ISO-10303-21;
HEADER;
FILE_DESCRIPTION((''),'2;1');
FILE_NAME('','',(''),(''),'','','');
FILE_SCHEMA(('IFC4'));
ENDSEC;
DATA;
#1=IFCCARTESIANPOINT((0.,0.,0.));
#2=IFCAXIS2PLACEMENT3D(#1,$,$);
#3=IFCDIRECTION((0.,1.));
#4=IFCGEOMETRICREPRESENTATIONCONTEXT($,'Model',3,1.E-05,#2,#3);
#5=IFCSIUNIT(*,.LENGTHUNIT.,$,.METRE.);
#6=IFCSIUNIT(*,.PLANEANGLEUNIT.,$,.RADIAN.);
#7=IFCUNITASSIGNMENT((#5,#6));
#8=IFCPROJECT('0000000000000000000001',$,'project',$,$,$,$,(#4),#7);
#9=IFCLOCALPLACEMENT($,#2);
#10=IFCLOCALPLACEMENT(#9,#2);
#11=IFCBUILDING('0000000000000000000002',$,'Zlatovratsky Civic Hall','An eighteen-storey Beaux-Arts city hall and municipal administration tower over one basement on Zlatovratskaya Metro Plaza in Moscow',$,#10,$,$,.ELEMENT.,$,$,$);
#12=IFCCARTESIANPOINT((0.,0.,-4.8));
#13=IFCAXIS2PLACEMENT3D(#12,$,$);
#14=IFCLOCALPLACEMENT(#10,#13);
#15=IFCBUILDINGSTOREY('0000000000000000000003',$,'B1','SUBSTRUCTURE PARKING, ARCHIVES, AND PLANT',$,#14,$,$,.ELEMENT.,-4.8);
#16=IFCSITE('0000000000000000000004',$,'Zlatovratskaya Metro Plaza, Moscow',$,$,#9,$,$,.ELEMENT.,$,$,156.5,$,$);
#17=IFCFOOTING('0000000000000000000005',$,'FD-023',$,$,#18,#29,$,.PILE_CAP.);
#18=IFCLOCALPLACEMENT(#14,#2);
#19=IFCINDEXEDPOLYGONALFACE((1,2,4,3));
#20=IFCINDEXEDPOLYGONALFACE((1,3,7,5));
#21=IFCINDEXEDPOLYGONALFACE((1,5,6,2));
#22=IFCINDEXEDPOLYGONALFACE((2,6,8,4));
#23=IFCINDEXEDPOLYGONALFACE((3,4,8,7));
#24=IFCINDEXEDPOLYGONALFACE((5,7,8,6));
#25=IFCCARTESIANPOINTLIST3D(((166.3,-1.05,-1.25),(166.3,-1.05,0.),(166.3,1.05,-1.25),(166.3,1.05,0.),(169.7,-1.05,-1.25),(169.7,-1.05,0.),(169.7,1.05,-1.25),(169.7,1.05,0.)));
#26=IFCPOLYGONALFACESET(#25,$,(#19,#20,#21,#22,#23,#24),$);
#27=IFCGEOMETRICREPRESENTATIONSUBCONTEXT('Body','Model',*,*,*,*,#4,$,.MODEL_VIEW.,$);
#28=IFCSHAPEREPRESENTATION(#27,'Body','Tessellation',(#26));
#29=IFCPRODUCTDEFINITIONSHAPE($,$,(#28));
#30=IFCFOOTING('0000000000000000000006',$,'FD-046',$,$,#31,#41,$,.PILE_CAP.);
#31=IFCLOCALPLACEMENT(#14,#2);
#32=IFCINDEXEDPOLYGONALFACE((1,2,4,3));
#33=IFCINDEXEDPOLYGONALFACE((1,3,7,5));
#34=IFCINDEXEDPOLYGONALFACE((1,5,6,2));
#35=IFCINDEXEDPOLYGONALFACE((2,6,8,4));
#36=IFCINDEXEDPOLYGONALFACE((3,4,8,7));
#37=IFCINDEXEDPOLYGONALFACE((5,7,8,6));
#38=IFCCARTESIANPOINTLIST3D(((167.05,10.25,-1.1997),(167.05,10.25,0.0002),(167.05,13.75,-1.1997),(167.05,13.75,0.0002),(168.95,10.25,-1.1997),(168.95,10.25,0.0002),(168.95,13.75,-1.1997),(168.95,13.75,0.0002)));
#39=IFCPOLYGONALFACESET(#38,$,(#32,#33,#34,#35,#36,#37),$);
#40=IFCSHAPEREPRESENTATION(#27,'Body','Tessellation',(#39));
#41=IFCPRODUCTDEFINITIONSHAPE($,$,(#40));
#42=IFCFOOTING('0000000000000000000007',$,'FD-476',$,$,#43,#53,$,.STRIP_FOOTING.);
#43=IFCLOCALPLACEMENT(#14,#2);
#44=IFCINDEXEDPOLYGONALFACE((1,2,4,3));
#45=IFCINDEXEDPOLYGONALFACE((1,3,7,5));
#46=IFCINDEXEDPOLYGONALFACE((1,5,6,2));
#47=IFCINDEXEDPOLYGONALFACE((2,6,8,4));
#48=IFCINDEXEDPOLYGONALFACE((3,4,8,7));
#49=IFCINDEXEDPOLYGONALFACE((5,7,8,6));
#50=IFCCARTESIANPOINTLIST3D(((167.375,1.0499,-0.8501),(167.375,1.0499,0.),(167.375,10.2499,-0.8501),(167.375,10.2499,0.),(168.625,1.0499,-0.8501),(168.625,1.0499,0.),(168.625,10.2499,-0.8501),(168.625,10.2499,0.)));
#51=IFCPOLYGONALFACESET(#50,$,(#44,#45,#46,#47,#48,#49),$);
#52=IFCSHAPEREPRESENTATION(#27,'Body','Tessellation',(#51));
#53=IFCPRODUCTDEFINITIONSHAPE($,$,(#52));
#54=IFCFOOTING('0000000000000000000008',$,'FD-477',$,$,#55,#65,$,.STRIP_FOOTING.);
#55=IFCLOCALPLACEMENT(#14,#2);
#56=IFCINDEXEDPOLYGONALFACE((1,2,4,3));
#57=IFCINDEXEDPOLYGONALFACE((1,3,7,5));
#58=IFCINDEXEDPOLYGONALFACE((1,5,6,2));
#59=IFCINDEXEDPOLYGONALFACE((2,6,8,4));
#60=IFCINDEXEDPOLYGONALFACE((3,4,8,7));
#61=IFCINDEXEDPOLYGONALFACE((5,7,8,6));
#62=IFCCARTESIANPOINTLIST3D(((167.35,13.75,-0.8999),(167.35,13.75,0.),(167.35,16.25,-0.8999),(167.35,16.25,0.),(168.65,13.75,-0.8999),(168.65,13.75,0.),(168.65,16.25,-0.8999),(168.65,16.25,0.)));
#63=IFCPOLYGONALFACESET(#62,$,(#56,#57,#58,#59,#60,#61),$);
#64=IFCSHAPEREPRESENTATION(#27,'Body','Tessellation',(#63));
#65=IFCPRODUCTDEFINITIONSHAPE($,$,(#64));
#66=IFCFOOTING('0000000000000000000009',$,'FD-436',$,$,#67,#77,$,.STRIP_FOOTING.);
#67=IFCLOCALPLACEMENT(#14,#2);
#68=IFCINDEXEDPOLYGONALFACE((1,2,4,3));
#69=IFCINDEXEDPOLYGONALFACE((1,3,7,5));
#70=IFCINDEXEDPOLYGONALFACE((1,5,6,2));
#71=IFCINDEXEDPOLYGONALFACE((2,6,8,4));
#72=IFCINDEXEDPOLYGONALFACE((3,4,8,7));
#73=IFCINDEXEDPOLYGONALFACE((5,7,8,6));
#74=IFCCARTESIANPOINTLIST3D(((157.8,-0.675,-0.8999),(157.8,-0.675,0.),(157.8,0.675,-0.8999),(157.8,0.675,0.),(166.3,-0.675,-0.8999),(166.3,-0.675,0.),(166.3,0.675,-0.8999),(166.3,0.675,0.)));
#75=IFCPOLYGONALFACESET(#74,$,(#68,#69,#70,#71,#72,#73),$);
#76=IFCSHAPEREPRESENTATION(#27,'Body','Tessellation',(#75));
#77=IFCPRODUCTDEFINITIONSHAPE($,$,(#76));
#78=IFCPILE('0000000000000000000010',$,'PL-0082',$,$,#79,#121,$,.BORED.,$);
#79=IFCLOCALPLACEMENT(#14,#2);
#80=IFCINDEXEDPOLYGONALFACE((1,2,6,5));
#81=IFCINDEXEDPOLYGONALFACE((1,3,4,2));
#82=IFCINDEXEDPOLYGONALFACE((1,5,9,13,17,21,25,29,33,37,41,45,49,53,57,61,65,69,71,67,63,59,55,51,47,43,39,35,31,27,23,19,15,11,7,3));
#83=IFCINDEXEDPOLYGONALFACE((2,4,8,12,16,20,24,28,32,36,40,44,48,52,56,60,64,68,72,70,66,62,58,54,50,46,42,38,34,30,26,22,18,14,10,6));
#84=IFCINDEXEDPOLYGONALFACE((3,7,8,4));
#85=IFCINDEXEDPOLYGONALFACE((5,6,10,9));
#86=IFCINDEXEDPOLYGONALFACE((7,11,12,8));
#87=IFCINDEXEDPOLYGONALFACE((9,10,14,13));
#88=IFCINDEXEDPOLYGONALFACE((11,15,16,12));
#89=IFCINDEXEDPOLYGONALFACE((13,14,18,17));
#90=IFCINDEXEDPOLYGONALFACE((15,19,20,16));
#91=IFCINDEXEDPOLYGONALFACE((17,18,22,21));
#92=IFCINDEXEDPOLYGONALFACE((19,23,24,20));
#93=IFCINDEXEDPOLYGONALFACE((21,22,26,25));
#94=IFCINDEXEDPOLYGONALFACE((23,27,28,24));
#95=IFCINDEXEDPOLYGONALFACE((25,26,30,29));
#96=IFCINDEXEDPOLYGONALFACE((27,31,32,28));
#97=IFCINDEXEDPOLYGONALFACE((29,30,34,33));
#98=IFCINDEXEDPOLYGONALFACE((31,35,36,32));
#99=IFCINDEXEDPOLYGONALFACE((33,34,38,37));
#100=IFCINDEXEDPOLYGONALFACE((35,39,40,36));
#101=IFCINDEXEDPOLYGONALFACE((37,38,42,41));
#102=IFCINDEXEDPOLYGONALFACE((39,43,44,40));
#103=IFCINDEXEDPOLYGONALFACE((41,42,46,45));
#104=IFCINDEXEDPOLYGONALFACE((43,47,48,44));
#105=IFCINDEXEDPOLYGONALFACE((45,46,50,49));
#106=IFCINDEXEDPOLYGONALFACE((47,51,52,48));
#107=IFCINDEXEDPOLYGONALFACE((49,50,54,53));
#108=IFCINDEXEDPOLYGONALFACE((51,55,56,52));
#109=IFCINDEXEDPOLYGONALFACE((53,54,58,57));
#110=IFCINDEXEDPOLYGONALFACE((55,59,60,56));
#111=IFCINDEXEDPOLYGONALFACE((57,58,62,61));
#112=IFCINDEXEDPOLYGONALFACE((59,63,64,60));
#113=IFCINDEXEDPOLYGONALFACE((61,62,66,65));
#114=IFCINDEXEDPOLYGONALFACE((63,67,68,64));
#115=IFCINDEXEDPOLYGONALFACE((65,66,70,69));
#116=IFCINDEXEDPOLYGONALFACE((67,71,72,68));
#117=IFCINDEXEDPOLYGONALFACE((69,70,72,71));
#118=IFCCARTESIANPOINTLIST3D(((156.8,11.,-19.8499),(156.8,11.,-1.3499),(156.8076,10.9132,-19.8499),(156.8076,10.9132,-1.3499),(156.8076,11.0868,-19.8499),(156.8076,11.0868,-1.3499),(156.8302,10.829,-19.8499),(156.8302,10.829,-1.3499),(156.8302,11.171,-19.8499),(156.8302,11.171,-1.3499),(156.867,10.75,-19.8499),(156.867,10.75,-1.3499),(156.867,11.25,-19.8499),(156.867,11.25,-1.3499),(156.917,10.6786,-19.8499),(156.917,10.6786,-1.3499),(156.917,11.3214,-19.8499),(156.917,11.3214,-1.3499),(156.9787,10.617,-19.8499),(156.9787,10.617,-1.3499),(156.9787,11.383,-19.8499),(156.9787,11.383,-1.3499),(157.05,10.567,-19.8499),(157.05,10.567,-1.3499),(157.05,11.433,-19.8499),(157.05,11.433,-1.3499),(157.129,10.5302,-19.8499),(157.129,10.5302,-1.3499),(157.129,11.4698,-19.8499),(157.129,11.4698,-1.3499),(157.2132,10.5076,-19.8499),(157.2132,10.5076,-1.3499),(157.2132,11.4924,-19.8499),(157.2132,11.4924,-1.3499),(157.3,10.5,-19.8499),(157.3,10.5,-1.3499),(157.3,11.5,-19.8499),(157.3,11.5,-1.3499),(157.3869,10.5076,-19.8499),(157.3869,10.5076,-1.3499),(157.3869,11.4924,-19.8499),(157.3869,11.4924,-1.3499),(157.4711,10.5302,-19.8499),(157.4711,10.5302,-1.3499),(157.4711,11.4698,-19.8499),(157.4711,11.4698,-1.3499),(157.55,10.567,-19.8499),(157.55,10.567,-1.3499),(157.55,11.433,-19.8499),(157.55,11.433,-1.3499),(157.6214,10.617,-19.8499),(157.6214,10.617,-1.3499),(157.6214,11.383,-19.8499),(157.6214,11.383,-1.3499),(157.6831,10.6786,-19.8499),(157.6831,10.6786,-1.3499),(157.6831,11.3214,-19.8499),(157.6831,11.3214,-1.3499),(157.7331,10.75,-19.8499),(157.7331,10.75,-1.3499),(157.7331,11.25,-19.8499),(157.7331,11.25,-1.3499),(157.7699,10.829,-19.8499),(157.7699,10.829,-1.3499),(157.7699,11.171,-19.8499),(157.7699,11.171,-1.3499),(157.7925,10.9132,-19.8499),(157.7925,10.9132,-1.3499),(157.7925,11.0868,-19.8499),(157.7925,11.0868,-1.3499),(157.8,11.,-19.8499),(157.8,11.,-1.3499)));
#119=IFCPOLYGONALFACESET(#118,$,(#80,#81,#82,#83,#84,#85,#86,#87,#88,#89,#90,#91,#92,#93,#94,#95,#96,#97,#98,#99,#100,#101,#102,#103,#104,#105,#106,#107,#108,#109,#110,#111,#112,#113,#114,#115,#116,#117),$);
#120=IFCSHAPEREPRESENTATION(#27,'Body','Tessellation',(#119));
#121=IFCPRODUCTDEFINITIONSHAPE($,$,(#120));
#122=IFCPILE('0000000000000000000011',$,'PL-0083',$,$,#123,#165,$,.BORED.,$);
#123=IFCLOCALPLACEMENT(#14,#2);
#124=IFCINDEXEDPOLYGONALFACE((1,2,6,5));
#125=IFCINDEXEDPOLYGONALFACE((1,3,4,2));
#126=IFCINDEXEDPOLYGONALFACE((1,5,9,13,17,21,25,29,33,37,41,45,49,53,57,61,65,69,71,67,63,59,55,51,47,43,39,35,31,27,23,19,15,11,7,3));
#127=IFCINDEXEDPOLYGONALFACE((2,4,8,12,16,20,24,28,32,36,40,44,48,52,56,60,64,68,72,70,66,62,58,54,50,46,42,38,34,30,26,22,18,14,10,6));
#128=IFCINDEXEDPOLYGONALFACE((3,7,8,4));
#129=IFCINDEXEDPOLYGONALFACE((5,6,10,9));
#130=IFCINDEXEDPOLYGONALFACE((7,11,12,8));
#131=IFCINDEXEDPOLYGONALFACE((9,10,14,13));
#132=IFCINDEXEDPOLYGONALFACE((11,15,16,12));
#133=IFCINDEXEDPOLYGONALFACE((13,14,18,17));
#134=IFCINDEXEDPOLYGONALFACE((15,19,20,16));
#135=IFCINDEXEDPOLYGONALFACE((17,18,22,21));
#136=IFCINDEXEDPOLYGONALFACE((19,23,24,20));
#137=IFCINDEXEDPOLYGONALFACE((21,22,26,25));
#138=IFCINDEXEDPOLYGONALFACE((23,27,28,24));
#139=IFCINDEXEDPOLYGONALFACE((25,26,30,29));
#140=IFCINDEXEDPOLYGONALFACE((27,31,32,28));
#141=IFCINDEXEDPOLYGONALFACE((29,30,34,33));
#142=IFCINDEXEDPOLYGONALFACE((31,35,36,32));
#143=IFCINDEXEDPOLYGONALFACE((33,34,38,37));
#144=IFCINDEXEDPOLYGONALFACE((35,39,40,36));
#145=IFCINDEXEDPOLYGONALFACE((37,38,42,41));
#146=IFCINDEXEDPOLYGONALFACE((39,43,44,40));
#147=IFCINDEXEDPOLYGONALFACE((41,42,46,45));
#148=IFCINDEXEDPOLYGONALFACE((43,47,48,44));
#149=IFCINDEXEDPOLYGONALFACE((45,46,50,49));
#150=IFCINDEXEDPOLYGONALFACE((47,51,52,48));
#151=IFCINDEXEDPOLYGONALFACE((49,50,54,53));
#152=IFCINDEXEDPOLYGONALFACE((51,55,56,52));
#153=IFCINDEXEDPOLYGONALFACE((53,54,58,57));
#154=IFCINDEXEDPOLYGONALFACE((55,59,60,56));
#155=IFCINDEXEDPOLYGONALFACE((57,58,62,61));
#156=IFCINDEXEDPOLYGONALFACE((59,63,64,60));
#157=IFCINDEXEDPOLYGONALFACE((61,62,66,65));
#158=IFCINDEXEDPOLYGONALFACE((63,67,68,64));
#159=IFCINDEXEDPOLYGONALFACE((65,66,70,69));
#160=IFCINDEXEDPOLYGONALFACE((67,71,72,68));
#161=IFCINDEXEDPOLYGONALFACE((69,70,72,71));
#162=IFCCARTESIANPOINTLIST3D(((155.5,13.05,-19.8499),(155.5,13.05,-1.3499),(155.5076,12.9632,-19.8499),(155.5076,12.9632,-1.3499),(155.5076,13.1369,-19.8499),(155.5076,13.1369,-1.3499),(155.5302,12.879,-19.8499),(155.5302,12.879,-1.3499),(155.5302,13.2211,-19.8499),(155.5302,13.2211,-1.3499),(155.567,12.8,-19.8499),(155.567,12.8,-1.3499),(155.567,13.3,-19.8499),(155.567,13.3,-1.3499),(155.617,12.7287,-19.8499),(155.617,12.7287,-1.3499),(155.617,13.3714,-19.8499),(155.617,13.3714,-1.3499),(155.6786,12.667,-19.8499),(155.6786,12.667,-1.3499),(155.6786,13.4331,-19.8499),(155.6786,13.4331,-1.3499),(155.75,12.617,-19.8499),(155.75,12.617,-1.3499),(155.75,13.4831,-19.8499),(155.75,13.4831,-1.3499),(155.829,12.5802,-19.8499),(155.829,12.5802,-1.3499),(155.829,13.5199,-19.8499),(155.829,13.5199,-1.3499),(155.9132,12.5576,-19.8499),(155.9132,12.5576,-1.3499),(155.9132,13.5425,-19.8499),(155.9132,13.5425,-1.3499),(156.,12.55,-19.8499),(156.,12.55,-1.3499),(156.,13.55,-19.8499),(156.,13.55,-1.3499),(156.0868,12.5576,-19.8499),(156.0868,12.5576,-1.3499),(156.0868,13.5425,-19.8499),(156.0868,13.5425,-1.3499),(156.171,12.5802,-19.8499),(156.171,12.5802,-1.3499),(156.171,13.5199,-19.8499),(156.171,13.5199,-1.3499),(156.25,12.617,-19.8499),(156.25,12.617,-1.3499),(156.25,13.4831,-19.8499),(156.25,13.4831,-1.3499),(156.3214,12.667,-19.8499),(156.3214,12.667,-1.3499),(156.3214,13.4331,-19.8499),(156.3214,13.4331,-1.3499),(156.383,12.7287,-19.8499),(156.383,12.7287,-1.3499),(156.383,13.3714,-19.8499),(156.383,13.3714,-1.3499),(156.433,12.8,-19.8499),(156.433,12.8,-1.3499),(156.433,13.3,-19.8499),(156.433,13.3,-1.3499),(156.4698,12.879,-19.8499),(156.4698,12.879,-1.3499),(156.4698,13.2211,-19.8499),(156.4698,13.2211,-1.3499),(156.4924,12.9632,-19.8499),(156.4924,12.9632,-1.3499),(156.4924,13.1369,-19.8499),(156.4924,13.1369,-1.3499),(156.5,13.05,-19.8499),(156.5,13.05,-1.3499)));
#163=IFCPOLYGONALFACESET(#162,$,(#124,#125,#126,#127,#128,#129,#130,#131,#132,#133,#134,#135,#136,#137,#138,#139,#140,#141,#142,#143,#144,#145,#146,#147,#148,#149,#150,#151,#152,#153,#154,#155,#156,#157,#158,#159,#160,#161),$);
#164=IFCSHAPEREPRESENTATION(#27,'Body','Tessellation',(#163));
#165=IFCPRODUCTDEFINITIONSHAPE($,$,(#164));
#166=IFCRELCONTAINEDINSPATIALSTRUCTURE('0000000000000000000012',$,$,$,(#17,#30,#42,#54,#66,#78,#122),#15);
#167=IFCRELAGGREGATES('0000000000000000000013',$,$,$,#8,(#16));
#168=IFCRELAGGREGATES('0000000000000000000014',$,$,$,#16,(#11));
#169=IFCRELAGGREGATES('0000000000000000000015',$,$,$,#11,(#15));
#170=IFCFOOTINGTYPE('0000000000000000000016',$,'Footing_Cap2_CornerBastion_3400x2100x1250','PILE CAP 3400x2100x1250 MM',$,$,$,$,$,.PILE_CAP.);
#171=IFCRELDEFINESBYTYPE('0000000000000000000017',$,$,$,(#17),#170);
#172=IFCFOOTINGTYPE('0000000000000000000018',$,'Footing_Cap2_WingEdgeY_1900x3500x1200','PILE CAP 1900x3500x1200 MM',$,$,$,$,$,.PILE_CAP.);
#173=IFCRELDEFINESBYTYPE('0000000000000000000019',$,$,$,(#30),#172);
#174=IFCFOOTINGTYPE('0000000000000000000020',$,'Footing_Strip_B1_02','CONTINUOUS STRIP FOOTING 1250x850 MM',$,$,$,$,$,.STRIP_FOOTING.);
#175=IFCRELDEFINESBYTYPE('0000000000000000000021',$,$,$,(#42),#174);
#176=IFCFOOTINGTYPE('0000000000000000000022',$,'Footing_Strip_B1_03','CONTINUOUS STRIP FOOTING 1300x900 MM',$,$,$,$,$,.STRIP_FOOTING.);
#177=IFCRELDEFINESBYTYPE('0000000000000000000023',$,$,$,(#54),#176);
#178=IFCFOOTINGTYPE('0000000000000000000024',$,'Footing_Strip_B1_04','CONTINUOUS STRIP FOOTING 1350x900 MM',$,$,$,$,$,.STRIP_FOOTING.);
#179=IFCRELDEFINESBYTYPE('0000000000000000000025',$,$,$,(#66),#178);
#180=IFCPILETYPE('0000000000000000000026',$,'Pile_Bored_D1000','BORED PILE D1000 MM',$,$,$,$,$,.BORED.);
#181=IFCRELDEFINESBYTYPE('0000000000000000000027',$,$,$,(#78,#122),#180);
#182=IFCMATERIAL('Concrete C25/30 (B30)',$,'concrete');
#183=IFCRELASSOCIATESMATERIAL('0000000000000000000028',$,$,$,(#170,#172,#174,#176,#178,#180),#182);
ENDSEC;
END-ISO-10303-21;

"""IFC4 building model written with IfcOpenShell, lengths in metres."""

from ifc_helpers import new_model, si_unit, direction, frame, origin, origin_2d, place, context, subcontext, project, spatial, rectangle, circle, extrude, material, material_profile, profile_set, type_object, element, save


model = new_model("IFC4")

# Units and contexts
model_context = context("Model", 3, precision=1e-05, world=origin(), true_north=direction((0.0, 1.0)))
body_context = subcontext(model_context, "Body", "Model", "MODEL_VIEW")
ifc_project = project(units=[si_unit("LENGTHUNIT", "METRE"), si_unit("PLANEANGLEUNIT", "RADIAN")], contexts=[model_context])

# Site, building, storey
site_placement = place(None, origin())
site = spatial("IfcSite", under=ifc_project, at=site_placement, Name="Zlatovratskaya Metro Plaza, Moscow", CompositionType="ELEMENT", RefElevation=156.5)
building_placement = place(site_placement, origin())
building = spatial("IfcBuilding", under=site, at=building_placement, Name="Zlatovratsky Civic Hall", Description="An eighteen-storey Beaux-Arts city hall and municipal administration tower over one basement on Zlatovratskaya Metro Plaza in Moscow", CompositionType="ELEMENT")
storey_placement = place(building_placement, frame((0.0, 0.0, -4.8)))
storey = spatial("IfcBuildingStorey", under=building, at=storey_placement, Name="B1", Description="SUBSTRUCTURE PARKING, ARCHIVES, AND PLANT", CompositionType="ELEMENT", Elevation=-4.8)

# Footings
ifc_material_1 = material(Name="Concrete C25/30 (B30)", Category="concrete")
footing_type_1 = type_object("IfcFootingType", Name="Footing_Cap2_CornerBastion_3400x2100x1250", Description="PILE CAP 3400x2100x1250 MM", PredefinedType="PILE_CAP", material=ifc_material_1)
footing_1_placement = place(storey_placement, frame((168.0, 0.0, -1.25), z_axis=(0.0, 0.0, 1.0), x_axis=(1.0, 0.0, 0.0)))
element("IfcFooting", 1, at=footing_1_placement, inside=storey, type_object=footing_type_1, Name="FD-023", PredefinedType="PILE_CAP", context=body_context, shape_type="SweptSolid", body=[
    extrude(rectangle(XDim=3.3999, YDim=2.1001, at=origin_2d()), origin(), (0.0, 0.0, 1.0), 1.25),
])
footing_type_2 = type_object("IfcFootingType", Name="Footing_Cap2_WingEdgeY_1900x3500x1200", Description="PILE CAP 1900x3500x1200 MM", PredefinedType="PILE_CAP", material=ifc_material_1)
footing_2_placement = place(storey_placement, frame((168.0, 12.0, -1.1997), z_axis=(0.0, 0.0, 1.0), x_axis=(1.0, 0.0, 0.0)))
element("IfcFooting", 2, at=footing_2_placement, inside=storey, type_object=footing_type_2, Name="FD-046", PredefinedType="PILE_CAP", context=body_context, shape_type="SweptSolid", body=[
    extrude(rectangle(XDim=1.8999, YDim=3.5, at=origin_2d()), origin(), (0.0, 0.0, 1.0), 1.2),
])
footing_type_3 = type_object("IfcFootingType", Name="Footing_Strip_B1_02", Description="CONTINUOUS STRIP FOOTING 1250x850 MM", PredefinedType="STRIP_FOOTING", material=ifc_material_1)
footing_3_placement = place(storey_placement, frame((168.0, 5.6499, -0.8501), z_axis=(0.0, 0.0, 1.0), x_axis=(1.0, 0.0, 0.0)))
element("IfcFooting", 3, at=footing_3_placement, inside=storey, type_object=footing_type_3, Name="FD-476", PredefinedType="STRIP_FOOTING", context=body_context, shape_type="SweptSolid", body=[
    extrude(rectangle(XDim=1.25, YDim=9.2, at=origin_2d()), origin(), (0.0, 0.0, 1.0), 0.8501),
])
footing_type_4 = type_object("IfcFootingType", Name="Footing_Strip_B1_03", Description="CONTINUOUS STRIP FOOTING 1300x900 MM", PredefinedType="STRIP_FOOTING", material=ifc_material_1)
footing_4_placement = place(storey_placement, frame((168.0, 15.0, -0.8999), z_axis=(0.0, 0.0, 1.0), x_axis=(1.0, 0.0, 0.0)))
element("IfcFooting", 4, at=footing_4_placement, inside=storey, type_object=footing_type_4, Name="FD-477", PredefinedType="STRIP_FOOTING", context=body_context, shape_type="SweptSolid", body=[
    extrude(rectangle(XDim=1.3, YDim=2.5, at=origin_2d()), origin(), (0.0, 0.0, 1.0), 0.8999),
])
footing_type_5 = type_object("IfcFootingType", Name="Footing_Strip_B1_04", Description="CONTINUOUS STRIP FOOTING 1350x900 MM", PredefinedType="STRIP_FOOTING", material=ifc_material_1)
footing_5_placement = place(storey_placement, frame((162.05, 0.0, -0.8999), z_axis=(0.0, 0.0, 1.0), x_axis=(1.0, 0.0, 0.0)))
element("IfcFooting", 5, at=footing_5_placement, inside=storey, type_object=footing_type_5, Name="FD-436", PredefinedType="STRIP_FOOTING", context=body_context, shape_type="SweptSolid", body=[
    extrude(rectangle(XDim=8.5, YDim=1.3501, at=origin_2d()), origin(), (0.0, 0.0, 1.0), 0.8999),
])

# Piles
ifc_material_profile_1 = material_profile(ifc_material_1, circle(Radius=0.5, at=origin_2d()), Name="PILE D1000")
ifc_profile_set_1 = profile_set([ifc_material_profile_1], Name="Concrete C25/30 (B30)")
pile_type_1 = type_object("IfcPileType", Name="Pile_Bored_D1000", Description="BORED PILE D1000 MM", PredefinedType="BORED", material=ifc_profile_set_1)
for number, where, z_axis, x_axis, name in (
    (6, (157.3, 11.0, -1.3499), (0.0, 0.0, -1.0), (1.0, 0.0, 0.0), "PL-0082"),
    (7, (156.0, 13.05, -1.3499), (0.0, 0.0, -1.0), (1.0, 0.0, 0.0), "PL-0083"),
):
    element("IfcPile", number, at=place(storey_placement, frame(where, z_axis=z_axis, x_axis=x_axis)), inside=storey, type_object=pile_type_1, Name=name, PredefinedType="BORED", context=body_context, shape_type="SweptSolid", body=[
        extrude(circle(Radius=0.5, at=origin_2d()), origin(), (0.0, 0.0, 1.0), 18.5),
    ])

save(model, "model.ifc")
